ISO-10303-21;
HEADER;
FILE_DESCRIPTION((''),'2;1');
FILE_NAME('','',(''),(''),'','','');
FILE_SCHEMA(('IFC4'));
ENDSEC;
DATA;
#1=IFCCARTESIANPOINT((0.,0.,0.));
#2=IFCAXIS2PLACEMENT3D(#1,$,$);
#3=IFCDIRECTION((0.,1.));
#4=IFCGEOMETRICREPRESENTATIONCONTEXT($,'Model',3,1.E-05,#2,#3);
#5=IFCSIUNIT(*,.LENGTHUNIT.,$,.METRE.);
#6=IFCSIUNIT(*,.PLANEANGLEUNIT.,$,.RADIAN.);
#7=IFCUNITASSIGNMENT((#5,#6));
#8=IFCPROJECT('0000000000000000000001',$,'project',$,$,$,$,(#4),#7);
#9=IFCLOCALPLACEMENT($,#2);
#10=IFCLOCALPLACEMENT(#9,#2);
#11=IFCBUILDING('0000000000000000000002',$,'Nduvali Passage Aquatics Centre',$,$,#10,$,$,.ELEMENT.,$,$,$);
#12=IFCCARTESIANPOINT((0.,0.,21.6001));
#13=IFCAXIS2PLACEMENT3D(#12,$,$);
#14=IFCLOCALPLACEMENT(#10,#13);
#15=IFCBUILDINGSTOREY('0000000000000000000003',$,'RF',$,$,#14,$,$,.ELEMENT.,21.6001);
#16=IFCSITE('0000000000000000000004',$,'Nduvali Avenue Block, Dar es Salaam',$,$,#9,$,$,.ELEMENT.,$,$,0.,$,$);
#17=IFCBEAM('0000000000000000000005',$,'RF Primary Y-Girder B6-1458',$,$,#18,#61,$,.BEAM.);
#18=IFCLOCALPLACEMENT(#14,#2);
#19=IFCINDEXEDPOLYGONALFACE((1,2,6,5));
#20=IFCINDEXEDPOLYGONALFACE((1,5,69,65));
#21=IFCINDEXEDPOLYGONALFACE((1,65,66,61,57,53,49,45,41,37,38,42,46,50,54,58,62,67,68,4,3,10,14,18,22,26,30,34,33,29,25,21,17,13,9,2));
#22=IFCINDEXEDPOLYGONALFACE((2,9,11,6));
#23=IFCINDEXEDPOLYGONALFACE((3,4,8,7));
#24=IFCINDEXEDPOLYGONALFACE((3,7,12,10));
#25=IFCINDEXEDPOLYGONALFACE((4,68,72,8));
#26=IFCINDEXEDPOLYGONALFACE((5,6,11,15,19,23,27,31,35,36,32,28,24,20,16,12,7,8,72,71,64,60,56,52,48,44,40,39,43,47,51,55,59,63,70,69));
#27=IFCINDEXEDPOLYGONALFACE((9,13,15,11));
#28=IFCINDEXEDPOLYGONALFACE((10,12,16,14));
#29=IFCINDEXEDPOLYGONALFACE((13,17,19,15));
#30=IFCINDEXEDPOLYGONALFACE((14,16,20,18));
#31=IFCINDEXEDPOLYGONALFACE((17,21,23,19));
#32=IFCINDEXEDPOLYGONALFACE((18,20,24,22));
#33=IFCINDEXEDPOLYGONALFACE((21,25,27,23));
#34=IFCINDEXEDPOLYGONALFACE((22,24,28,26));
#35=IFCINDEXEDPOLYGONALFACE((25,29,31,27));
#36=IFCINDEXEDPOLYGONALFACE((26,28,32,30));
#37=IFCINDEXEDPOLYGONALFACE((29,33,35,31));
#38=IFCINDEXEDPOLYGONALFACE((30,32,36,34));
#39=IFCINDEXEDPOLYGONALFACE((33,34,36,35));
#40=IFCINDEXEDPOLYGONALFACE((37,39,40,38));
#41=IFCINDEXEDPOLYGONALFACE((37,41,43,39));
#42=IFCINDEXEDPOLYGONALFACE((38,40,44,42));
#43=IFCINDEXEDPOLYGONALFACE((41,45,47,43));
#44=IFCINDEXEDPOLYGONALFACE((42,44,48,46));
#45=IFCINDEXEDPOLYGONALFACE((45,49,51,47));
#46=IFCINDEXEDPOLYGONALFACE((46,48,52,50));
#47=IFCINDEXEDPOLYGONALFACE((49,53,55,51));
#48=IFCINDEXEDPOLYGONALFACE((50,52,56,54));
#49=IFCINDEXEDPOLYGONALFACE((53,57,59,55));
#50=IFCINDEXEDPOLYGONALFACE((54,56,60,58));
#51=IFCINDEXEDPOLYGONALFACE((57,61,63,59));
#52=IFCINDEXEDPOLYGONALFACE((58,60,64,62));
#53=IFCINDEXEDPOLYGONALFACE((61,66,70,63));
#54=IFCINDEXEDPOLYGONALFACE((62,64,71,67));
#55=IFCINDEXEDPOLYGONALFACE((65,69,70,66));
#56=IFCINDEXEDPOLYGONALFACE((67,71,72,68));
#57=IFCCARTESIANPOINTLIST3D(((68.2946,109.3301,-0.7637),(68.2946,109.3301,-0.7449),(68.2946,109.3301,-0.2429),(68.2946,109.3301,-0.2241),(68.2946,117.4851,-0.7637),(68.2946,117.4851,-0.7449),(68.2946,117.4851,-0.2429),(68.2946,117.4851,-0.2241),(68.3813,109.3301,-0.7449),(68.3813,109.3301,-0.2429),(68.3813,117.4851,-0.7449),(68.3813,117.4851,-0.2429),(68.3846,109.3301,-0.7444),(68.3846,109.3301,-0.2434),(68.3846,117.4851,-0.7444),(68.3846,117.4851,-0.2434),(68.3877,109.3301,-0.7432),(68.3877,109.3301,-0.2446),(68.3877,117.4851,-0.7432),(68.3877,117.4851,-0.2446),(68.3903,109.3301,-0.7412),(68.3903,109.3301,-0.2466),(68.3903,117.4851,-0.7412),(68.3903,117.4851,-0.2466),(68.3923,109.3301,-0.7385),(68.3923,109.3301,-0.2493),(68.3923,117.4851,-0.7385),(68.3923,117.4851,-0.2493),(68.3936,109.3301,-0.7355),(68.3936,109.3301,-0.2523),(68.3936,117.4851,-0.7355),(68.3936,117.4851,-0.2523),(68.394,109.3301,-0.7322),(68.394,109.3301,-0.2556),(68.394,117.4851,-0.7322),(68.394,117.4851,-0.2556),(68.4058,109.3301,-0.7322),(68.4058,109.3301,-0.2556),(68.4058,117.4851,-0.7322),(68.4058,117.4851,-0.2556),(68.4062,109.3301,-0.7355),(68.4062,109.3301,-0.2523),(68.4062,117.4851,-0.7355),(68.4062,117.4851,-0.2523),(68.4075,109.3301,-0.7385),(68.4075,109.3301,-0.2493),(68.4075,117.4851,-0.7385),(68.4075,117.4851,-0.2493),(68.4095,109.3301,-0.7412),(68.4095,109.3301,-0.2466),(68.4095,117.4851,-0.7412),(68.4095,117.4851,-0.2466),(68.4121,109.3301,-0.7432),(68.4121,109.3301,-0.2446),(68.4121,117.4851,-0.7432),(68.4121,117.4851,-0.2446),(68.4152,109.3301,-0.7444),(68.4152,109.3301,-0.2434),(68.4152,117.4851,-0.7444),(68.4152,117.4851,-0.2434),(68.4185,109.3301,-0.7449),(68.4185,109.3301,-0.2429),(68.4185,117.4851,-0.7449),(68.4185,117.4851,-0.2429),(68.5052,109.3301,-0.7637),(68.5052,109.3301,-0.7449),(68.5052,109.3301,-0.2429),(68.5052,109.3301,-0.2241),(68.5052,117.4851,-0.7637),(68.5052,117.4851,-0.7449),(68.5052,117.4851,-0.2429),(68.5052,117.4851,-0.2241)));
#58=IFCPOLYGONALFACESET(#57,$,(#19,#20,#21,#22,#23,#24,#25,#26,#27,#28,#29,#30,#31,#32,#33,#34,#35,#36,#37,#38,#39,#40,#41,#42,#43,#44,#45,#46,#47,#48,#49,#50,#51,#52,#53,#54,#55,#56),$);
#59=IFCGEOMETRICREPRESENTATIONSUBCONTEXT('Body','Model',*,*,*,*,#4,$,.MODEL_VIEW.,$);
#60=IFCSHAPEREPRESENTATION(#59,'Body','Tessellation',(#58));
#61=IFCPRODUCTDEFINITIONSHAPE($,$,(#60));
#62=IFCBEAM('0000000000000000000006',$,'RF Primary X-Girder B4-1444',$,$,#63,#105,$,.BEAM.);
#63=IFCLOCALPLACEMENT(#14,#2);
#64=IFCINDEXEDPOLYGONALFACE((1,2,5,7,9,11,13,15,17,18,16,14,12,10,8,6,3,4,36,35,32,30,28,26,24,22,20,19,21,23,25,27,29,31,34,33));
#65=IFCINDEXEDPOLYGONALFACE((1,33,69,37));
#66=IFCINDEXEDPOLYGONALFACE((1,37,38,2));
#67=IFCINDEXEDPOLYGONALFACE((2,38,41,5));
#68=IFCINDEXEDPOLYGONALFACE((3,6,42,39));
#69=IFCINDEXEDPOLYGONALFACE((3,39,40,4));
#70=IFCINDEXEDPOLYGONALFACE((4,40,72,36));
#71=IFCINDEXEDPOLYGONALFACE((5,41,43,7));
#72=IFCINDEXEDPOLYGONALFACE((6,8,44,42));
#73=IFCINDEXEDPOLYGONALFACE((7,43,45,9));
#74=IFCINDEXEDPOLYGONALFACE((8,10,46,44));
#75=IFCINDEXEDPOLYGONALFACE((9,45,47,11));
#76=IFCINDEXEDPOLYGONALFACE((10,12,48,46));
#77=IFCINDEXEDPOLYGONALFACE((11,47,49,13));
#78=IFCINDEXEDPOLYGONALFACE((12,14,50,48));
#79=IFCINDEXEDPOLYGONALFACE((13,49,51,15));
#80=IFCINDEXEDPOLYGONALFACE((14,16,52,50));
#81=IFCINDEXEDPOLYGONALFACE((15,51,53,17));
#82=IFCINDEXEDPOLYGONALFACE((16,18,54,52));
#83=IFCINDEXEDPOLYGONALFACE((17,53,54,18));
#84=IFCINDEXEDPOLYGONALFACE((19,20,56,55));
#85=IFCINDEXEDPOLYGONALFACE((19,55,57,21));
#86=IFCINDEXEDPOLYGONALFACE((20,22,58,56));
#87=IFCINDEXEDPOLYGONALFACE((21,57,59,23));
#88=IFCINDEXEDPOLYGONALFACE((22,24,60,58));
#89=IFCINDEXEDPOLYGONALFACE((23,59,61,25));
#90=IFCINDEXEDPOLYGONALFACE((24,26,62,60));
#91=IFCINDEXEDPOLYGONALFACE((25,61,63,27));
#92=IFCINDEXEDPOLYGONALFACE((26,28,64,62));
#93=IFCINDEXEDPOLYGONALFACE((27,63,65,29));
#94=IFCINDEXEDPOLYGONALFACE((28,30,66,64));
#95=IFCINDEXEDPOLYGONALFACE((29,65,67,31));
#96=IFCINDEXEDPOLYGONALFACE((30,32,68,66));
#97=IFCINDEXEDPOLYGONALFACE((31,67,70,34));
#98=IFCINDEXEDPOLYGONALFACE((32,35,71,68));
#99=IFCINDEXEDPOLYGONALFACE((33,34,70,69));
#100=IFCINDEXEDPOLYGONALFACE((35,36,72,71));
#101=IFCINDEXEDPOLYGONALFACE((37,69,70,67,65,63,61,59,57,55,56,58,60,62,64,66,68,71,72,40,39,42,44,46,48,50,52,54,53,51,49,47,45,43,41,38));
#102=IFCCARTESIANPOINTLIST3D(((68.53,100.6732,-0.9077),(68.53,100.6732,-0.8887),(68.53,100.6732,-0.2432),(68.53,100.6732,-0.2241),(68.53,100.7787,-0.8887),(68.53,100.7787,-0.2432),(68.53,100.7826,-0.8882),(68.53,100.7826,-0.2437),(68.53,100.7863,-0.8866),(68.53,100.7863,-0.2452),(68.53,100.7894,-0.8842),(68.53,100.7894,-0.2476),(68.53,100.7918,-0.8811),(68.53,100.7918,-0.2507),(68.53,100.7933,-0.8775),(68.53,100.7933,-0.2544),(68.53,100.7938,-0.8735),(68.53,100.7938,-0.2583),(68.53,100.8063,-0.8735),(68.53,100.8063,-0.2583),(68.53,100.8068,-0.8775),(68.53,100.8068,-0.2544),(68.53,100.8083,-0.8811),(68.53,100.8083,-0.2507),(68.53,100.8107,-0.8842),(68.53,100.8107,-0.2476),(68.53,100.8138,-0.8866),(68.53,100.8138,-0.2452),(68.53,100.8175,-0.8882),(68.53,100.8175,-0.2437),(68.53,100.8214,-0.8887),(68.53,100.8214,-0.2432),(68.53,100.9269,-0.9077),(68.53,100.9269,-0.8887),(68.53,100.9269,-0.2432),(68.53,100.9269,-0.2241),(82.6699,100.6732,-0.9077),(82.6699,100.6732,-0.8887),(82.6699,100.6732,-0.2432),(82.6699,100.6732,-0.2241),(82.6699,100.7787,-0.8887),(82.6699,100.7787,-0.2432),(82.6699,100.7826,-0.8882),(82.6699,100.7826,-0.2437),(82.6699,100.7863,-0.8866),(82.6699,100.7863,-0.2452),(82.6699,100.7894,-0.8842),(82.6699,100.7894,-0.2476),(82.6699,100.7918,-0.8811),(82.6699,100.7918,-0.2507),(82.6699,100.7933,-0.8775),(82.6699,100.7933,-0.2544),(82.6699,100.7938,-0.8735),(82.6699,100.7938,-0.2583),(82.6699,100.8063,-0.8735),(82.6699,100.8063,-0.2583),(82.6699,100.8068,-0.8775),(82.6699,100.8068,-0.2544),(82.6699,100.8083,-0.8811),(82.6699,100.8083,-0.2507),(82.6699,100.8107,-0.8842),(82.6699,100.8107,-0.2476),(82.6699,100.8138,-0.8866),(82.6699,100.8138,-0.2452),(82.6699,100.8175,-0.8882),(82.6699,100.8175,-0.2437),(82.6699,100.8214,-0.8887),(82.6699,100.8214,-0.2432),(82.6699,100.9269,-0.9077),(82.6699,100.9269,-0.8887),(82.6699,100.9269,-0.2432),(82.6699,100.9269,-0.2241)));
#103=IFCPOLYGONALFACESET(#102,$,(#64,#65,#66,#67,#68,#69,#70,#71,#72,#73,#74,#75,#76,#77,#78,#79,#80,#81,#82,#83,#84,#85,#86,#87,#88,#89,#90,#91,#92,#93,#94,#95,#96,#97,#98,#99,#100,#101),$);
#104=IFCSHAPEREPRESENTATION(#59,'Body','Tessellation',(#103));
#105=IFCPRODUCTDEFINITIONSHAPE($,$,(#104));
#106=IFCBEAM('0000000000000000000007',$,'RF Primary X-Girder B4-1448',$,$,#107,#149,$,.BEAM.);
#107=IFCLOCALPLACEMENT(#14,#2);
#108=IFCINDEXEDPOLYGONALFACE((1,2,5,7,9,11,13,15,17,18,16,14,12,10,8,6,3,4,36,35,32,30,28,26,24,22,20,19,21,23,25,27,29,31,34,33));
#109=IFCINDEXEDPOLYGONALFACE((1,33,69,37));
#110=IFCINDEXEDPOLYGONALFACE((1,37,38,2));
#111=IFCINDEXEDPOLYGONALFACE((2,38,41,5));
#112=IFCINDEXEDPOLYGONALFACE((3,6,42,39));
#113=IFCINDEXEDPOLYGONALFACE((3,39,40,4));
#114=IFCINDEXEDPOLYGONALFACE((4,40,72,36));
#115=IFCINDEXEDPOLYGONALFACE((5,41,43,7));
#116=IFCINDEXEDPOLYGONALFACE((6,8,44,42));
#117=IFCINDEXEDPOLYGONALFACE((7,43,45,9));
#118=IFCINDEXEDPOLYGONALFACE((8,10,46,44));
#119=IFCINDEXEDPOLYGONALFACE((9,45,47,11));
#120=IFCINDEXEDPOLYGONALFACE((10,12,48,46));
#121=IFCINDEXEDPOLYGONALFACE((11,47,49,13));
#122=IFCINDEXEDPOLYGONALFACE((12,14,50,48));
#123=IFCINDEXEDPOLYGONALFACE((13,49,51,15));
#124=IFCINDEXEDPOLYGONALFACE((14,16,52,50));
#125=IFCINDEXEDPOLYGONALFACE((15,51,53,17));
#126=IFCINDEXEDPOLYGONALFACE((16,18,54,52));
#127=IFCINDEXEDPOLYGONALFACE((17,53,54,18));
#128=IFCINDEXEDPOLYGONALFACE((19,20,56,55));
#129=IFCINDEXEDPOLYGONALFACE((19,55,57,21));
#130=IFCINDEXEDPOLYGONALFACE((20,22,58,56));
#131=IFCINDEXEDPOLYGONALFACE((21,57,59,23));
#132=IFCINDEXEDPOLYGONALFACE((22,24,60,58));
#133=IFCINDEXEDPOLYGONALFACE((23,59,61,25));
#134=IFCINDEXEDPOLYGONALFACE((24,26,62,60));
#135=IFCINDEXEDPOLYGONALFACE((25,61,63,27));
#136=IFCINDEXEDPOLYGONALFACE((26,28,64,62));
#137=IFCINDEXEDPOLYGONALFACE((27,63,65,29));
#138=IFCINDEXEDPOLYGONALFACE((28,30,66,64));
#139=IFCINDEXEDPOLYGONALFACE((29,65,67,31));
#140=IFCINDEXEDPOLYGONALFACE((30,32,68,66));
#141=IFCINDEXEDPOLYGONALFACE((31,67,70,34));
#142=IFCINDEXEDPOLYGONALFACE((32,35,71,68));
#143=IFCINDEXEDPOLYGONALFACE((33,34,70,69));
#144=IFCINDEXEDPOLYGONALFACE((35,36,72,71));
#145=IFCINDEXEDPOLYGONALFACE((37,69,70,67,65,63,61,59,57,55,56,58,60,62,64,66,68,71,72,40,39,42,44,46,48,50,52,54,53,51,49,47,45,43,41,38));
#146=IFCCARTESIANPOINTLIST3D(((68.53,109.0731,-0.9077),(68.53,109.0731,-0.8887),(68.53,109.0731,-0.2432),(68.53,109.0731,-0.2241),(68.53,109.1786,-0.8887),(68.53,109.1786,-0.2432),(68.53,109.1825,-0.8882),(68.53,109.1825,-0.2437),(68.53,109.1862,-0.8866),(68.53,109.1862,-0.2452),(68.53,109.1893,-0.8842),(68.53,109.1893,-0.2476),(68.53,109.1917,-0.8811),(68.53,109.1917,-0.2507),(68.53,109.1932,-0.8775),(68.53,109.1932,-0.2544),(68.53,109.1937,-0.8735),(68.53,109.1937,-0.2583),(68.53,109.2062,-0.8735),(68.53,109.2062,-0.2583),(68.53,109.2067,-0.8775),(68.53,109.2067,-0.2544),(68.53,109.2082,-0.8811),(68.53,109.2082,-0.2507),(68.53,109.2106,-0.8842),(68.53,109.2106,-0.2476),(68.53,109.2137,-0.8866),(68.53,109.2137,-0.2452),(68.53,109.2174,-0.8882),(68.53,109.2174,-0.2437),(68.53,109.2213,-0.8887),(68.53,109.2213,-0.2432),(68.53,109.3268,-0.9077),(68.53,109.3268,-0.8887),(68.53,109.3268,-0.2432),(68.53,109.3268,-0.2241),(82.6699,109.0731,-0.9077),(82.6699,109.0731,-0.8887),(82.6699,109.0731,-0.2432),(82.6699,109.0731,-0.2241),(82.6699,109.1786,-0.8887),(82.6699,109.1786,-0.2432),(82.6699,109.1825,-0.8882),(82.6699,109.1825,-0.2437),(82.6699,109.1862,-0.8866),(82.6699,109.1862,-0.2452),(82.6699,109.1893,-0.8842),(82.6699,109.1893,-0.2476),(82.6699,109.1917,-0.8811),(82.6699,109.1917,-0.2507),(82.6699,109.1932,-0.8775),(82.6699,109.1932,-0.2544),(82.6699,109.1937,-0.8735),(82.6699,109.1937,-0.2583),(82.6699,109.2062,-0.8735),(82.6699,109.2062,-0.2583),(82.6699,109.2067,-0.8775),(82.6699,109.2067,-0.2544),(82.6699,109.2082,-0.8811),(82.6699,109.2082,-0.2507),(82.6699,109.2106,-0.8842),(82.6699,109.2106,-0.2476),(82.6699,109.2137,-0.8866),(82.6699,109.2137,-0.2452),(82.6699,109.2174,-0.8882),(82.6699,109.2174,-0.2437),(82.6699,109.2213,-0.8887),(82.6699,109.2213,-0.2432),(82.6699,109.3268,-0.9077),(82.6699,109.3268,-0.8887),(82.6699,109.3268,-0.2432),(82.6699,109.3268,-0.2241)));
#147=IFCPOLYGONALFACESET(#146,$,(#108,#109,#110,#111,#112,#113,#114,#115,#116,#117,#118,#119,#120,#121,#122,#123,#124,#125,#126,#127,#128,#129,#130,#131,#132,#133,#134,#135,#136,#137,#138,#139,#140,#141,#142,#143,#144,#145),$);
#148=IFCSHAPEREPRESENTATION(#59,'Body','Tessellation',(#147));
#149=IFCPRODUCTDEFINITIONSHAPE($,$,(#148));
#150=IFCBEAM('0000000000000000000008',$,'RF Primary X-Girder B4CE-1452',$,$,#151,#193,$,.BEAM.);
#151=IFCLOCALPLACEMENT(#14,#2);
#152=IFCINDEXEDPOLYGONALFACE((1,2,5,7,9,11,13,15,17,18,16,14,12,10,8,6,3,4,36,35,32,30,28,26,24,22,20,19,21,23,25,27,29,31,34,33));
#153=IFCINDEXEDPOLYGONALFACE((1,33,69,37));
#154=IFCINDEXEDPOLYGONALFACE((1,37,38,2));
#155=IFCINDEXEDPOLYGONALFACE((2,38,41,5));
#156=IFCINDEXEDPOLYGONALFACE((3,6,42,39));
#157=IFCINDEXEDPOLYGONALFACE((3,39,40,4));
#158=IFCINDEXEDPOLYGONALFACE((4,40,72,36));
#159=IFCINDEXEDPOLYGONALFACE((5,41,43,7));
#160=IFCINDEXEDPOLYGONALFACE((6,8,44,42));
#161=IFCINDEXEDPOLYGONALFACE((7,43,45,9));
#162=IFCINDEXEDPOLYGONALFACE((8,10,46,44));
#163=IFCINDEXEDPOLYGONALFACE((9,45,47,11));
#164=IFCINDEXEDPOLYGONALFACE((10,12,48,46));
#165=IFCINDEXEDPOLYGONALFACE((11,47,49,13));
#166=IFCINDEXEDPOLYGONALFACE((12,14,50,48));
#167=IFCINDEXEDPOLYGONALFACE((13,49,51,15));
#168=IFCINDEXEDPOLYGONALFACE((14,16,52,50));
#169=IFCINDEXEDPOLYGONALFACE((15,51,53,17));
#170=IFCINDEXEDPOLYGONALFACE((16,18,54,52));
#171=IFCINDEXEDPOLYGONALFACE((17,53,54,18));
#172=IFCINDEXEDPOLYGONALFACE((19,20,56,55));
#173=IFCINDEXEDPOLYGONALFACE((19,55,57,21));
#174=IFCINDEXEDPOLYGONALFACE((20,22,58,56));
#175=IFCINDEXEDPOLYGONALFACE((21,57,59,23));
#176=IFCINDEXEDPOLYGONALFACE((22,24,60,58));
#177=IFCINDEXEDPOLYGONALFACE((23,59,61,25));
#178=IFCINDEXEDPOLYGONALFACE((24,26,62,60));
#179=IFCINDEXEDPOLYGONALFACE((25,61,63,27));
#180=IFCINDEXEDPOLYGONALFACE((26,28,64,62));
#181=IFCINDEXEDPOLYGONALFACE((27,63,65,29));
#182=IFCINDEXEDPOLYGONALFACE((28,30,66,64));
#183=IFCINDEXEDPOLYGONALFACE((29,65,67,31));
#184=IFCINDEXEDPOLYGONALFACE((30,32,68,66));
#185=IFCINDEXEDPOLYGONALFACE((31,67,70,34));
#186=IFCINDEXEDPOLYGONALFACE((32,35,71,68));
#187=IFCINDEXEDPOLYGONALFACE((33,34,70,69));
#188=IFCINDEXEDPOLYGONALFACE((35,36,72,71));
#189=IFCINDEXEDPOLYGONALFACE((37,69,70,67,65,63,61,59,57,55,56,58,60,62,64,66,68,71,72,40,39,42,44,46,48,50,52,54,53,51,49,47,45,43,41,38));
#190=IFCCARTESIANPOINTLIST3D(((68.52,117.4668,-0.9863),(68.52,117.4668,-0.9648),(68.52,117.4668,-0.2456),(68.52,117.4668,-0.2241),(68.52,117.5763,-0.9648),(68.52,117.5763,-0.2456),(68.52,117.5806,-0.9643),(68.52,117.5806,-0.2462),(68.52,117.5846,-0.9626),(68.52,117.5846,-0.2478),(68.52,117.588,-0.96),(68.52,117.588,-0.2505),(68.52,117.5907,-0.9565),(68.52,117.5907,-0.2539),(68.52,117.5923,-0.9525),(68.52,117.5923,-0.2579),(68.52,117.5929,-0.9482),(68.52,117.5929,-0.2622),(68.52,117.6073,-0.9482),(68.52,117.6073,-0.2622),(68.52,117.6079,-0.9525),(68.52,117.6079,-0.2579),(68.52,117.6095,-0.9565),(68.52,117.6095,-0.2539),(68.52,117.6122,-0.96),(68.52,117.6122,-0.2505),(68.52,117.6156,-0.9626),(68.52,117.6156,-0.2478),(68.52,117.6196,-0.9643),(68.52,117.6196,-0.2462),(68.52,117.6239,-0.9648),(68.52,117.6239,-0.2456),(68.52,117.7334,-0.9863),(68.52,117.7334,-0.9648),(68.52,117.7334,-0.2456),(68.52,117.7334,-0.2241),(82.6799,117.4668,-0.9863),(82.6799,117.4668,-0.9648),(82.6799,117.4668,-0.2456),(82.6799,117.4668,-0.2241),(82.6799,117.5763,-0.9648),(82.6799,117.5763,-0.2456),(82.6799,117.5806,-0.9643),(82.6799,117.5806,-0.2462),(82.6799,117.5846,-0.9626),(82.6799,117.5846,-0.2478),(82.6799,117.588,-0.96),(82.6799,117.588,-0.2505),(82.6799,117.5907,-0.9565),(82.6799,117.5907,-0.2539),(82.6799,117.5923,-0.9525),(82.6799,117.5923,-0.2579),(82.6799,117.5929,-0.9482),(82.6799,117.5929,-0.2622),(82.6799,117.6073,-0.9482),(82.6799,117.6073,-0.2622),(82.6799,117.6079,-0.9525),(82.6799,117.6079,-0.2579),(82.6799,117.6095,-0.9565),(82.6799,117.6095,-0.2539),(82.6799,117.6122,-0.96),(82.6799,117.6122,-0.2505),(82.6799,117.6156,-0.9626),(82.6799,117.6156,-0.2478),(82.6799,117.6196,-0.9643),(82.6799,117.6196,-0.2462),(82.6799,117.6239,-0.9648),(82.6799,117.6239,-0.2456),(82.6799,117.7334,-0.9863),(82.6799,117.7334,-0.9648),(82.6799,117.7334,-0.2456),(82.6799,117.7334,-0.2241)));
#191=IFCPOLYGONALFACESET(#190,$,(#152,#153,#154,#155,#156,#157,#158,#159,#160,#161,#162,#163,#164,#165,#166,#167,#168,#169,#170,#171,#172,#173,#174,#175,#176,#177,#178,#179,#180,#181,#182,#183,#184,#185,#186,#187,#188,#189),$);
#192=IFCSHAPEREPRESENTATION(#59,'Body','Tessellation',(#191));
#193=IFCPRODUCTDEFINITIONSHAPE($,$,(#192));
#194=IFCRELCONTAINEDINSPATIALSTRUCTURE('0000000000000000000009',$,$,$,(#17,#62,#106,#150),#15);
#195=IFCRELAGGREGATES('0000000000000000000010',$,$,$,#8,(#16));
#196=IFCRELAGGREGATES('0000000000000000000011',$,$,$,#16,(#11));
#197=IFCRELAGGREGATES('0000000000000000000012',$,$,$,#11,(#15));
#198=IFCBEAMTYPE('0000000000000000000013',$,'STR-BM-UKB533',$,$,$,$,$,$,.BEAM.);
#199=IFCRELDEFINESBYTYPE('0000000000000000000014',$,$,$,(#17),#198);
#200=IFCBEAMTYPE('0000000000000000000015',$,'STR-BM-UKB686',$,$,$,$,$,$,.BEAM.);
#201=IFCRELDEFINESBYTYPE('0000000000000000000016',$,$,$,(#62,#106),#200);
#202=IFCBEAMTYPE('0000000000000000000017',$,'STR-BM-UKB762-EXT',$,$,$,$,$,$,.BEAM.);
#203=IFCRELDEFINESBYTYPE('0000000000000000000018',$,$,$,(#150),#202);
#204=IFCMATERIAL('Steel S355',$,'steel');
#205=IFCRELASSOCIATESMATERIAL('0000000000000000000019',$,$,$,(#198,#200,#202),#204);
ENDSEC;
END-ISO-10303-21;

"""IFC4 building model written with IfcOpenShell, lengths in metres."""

from ifc_helpers import new_model, si_unit, direction, frame, origin, origin_2d, place, context, subcontext, project, spatial, i_section, extrude, material, material_profile, profile_set, type_object, element, save


model = new_model("IFC4")

# Units and contexts
model_context = context("Model", 3, precision=1e-05, world=origin(), true_north=direction((0.0, 1.0)))
body_context = subcontext(model_context, "Body", "Model", "MODEL_VIEW")
ifc_project = project(units=[si_unit("LENGTHUNIT", "METRE"), si_unit("PLANEANGLEUNIT", "RADIAN")], contexts=[model_context])

# Site, building, storey
site_placement = place(None, origin())
site = spatial("IfcSite", under=ifc_project, at=site_placement, Name="Nduvali Avenue Block, Dar es Salaam", CompositionType="ELEMENT", RefElevation=0.0)
building_placement = place(site_placement, origin())
building = spatial("IfcBuilding", under=site, at=building_placement, Name="Nduvali Passage Aquatics Centre", CompositionType="ELEMENT")
storey_placement = place(building_placement, frame((0.0, 0.0, 21.6001)))
storey = spatial("IfcBuildingStorey", under=building, at=storey_placement, Name="RF", CompositionType="ELEMENT", Elevation=21.6001)

# Beams
ifc_material_1 = material(Name="Steel S355", Category="steel")
ifc_material_profile_1 = material_profile(ifc_material_1, i_section(OverallWidth=0.2107, OverallDepth=0.5396, WebThickness=0.0117, FlangeThickness=0.0188, FilletRadius=0.0127, at=origin_2d()), Name="UKB 533x210x109")
ifc_profile_set_1 = profile_set([ifc_material_profile_1], Name="Steel S355")
beam_type_1 = type_object("IfcBeamType", Name="STR-BM-UKB533", PredefinedType="BEAM", material=ifc_profile_set_1)
beam_1_placement = place(storey_placement, frame((68.3999, 109.3301, -0.4939), z_axis=(0.0, 1.0, 0.0), x_axis=(-1.0, 0.0, 0.0)))
element("IfcBeam", 1, at=beam_1_placement, inside=storey, type_object=beam_type_1, Name="RF Primary Y-Girder B6-1458", PredefinedType="BEAM", context=body_context, shape_type="SweptSolid", body=[
    extrude(i_section(OverallWidth=0.2107, OverallDepth=0.5396, WebThickness=0.0117, FlangeThickness=0.0188, FilletRadius=0.0127, at=origin_2d()), origin(), (0.0, 0.0, 1.0), 8.155),
])
ifc_material_profile_2 = material_profile(ifc_material_1, i_section(OverallWidth=0.2537, OverallDepth=0.6836, WebThickness=0.0125, FlangeThickness=0.019, FilletRadius=0.0151, at=origin_2d()), Name="UKB 686x254x140")
ifc_profile_set_2 = profile_set([ifc_material_profile_2], Name="Steel S355")
beam_type_2 = type_object("IfcBeamType", Name="STR-BM-UKB686", PredefinedType="BEAM", material=ifc_profile_set_2)
for number, where, z_axis, x_axis, name in (
    (2, (68.53, 100.8, -0.5659), (1.0, 0.0, 0.0), (0.0, 1.0, 0.0), "RF Primary X-Girder B4-1444"),
    (3, (68.53, 109.2, -0.5659), (1.0, 0.0, 0.0), (0.0, 1.0, 0.0), "RF Primary X-Girder B4-1448"),
):
    element("IfcBeam", number, at=place(storey_placement, frame(where, z_axis=z_axis, x_axis=x_axis)), inside=storey, type_object=beam_type_2, Name=name, PredefinedType="BEAM", context=body_context, shape_type="SweptSolid", body=[
        extrude(i_section(OverallWidth=0.2537, OverallDepth=0.6836, WebThickness=0.0125, FlangeThickness=0.019, FilletRadius=0.0151, at=origin_2d()), origin(), (0.0, 0.0, 1.0), 14.1399),
    ])
ifc_material_profile_3 = material_profile(ifc_material_1, i_section(OverallWidth=0.2666, OverallDepth=0.7622, WebThickness=0.0144, FlangeThickness=0.0215, FilletRadius=0.0166, at=origin_2d()), Name="UKB 762x267x173")
ifc_profile_set_3 = profile_set([ifc_material_profile_3], Name="Steel S355")
beam_type_3 = type_object("IfcBeamType", Name="STR-BM-UKB762-EXT", PredefinedType="BEAM", material=ifc_profile_set_3)
beam_2_placement = place(storey_placement, frame((68.52, 117.6001, -0.6052), z_axis=(1.0, 0.0, 0.0), x_axis=(0.0, 1.0, 0.0)))
element("IfcBeam", 4, at=beam_2_placement, inside=storey, type_object=beam_type_3, Name="RF Primary X-Girder B4CE-1452", PredefinedType="BEAM", context=body_context, shape_type="SweptSolid", body=[
    extrude(i_section(OverallWidth=0.2666, OverallDepth=0.7622, WebThickness=0.0144, FlangeThickness=0.0215, FilletRadius=0.0166, at=origin_2d()), origin(), (0.0, 0.0, 1.0), 14.1599),
])

save(model, "model.ifc")
